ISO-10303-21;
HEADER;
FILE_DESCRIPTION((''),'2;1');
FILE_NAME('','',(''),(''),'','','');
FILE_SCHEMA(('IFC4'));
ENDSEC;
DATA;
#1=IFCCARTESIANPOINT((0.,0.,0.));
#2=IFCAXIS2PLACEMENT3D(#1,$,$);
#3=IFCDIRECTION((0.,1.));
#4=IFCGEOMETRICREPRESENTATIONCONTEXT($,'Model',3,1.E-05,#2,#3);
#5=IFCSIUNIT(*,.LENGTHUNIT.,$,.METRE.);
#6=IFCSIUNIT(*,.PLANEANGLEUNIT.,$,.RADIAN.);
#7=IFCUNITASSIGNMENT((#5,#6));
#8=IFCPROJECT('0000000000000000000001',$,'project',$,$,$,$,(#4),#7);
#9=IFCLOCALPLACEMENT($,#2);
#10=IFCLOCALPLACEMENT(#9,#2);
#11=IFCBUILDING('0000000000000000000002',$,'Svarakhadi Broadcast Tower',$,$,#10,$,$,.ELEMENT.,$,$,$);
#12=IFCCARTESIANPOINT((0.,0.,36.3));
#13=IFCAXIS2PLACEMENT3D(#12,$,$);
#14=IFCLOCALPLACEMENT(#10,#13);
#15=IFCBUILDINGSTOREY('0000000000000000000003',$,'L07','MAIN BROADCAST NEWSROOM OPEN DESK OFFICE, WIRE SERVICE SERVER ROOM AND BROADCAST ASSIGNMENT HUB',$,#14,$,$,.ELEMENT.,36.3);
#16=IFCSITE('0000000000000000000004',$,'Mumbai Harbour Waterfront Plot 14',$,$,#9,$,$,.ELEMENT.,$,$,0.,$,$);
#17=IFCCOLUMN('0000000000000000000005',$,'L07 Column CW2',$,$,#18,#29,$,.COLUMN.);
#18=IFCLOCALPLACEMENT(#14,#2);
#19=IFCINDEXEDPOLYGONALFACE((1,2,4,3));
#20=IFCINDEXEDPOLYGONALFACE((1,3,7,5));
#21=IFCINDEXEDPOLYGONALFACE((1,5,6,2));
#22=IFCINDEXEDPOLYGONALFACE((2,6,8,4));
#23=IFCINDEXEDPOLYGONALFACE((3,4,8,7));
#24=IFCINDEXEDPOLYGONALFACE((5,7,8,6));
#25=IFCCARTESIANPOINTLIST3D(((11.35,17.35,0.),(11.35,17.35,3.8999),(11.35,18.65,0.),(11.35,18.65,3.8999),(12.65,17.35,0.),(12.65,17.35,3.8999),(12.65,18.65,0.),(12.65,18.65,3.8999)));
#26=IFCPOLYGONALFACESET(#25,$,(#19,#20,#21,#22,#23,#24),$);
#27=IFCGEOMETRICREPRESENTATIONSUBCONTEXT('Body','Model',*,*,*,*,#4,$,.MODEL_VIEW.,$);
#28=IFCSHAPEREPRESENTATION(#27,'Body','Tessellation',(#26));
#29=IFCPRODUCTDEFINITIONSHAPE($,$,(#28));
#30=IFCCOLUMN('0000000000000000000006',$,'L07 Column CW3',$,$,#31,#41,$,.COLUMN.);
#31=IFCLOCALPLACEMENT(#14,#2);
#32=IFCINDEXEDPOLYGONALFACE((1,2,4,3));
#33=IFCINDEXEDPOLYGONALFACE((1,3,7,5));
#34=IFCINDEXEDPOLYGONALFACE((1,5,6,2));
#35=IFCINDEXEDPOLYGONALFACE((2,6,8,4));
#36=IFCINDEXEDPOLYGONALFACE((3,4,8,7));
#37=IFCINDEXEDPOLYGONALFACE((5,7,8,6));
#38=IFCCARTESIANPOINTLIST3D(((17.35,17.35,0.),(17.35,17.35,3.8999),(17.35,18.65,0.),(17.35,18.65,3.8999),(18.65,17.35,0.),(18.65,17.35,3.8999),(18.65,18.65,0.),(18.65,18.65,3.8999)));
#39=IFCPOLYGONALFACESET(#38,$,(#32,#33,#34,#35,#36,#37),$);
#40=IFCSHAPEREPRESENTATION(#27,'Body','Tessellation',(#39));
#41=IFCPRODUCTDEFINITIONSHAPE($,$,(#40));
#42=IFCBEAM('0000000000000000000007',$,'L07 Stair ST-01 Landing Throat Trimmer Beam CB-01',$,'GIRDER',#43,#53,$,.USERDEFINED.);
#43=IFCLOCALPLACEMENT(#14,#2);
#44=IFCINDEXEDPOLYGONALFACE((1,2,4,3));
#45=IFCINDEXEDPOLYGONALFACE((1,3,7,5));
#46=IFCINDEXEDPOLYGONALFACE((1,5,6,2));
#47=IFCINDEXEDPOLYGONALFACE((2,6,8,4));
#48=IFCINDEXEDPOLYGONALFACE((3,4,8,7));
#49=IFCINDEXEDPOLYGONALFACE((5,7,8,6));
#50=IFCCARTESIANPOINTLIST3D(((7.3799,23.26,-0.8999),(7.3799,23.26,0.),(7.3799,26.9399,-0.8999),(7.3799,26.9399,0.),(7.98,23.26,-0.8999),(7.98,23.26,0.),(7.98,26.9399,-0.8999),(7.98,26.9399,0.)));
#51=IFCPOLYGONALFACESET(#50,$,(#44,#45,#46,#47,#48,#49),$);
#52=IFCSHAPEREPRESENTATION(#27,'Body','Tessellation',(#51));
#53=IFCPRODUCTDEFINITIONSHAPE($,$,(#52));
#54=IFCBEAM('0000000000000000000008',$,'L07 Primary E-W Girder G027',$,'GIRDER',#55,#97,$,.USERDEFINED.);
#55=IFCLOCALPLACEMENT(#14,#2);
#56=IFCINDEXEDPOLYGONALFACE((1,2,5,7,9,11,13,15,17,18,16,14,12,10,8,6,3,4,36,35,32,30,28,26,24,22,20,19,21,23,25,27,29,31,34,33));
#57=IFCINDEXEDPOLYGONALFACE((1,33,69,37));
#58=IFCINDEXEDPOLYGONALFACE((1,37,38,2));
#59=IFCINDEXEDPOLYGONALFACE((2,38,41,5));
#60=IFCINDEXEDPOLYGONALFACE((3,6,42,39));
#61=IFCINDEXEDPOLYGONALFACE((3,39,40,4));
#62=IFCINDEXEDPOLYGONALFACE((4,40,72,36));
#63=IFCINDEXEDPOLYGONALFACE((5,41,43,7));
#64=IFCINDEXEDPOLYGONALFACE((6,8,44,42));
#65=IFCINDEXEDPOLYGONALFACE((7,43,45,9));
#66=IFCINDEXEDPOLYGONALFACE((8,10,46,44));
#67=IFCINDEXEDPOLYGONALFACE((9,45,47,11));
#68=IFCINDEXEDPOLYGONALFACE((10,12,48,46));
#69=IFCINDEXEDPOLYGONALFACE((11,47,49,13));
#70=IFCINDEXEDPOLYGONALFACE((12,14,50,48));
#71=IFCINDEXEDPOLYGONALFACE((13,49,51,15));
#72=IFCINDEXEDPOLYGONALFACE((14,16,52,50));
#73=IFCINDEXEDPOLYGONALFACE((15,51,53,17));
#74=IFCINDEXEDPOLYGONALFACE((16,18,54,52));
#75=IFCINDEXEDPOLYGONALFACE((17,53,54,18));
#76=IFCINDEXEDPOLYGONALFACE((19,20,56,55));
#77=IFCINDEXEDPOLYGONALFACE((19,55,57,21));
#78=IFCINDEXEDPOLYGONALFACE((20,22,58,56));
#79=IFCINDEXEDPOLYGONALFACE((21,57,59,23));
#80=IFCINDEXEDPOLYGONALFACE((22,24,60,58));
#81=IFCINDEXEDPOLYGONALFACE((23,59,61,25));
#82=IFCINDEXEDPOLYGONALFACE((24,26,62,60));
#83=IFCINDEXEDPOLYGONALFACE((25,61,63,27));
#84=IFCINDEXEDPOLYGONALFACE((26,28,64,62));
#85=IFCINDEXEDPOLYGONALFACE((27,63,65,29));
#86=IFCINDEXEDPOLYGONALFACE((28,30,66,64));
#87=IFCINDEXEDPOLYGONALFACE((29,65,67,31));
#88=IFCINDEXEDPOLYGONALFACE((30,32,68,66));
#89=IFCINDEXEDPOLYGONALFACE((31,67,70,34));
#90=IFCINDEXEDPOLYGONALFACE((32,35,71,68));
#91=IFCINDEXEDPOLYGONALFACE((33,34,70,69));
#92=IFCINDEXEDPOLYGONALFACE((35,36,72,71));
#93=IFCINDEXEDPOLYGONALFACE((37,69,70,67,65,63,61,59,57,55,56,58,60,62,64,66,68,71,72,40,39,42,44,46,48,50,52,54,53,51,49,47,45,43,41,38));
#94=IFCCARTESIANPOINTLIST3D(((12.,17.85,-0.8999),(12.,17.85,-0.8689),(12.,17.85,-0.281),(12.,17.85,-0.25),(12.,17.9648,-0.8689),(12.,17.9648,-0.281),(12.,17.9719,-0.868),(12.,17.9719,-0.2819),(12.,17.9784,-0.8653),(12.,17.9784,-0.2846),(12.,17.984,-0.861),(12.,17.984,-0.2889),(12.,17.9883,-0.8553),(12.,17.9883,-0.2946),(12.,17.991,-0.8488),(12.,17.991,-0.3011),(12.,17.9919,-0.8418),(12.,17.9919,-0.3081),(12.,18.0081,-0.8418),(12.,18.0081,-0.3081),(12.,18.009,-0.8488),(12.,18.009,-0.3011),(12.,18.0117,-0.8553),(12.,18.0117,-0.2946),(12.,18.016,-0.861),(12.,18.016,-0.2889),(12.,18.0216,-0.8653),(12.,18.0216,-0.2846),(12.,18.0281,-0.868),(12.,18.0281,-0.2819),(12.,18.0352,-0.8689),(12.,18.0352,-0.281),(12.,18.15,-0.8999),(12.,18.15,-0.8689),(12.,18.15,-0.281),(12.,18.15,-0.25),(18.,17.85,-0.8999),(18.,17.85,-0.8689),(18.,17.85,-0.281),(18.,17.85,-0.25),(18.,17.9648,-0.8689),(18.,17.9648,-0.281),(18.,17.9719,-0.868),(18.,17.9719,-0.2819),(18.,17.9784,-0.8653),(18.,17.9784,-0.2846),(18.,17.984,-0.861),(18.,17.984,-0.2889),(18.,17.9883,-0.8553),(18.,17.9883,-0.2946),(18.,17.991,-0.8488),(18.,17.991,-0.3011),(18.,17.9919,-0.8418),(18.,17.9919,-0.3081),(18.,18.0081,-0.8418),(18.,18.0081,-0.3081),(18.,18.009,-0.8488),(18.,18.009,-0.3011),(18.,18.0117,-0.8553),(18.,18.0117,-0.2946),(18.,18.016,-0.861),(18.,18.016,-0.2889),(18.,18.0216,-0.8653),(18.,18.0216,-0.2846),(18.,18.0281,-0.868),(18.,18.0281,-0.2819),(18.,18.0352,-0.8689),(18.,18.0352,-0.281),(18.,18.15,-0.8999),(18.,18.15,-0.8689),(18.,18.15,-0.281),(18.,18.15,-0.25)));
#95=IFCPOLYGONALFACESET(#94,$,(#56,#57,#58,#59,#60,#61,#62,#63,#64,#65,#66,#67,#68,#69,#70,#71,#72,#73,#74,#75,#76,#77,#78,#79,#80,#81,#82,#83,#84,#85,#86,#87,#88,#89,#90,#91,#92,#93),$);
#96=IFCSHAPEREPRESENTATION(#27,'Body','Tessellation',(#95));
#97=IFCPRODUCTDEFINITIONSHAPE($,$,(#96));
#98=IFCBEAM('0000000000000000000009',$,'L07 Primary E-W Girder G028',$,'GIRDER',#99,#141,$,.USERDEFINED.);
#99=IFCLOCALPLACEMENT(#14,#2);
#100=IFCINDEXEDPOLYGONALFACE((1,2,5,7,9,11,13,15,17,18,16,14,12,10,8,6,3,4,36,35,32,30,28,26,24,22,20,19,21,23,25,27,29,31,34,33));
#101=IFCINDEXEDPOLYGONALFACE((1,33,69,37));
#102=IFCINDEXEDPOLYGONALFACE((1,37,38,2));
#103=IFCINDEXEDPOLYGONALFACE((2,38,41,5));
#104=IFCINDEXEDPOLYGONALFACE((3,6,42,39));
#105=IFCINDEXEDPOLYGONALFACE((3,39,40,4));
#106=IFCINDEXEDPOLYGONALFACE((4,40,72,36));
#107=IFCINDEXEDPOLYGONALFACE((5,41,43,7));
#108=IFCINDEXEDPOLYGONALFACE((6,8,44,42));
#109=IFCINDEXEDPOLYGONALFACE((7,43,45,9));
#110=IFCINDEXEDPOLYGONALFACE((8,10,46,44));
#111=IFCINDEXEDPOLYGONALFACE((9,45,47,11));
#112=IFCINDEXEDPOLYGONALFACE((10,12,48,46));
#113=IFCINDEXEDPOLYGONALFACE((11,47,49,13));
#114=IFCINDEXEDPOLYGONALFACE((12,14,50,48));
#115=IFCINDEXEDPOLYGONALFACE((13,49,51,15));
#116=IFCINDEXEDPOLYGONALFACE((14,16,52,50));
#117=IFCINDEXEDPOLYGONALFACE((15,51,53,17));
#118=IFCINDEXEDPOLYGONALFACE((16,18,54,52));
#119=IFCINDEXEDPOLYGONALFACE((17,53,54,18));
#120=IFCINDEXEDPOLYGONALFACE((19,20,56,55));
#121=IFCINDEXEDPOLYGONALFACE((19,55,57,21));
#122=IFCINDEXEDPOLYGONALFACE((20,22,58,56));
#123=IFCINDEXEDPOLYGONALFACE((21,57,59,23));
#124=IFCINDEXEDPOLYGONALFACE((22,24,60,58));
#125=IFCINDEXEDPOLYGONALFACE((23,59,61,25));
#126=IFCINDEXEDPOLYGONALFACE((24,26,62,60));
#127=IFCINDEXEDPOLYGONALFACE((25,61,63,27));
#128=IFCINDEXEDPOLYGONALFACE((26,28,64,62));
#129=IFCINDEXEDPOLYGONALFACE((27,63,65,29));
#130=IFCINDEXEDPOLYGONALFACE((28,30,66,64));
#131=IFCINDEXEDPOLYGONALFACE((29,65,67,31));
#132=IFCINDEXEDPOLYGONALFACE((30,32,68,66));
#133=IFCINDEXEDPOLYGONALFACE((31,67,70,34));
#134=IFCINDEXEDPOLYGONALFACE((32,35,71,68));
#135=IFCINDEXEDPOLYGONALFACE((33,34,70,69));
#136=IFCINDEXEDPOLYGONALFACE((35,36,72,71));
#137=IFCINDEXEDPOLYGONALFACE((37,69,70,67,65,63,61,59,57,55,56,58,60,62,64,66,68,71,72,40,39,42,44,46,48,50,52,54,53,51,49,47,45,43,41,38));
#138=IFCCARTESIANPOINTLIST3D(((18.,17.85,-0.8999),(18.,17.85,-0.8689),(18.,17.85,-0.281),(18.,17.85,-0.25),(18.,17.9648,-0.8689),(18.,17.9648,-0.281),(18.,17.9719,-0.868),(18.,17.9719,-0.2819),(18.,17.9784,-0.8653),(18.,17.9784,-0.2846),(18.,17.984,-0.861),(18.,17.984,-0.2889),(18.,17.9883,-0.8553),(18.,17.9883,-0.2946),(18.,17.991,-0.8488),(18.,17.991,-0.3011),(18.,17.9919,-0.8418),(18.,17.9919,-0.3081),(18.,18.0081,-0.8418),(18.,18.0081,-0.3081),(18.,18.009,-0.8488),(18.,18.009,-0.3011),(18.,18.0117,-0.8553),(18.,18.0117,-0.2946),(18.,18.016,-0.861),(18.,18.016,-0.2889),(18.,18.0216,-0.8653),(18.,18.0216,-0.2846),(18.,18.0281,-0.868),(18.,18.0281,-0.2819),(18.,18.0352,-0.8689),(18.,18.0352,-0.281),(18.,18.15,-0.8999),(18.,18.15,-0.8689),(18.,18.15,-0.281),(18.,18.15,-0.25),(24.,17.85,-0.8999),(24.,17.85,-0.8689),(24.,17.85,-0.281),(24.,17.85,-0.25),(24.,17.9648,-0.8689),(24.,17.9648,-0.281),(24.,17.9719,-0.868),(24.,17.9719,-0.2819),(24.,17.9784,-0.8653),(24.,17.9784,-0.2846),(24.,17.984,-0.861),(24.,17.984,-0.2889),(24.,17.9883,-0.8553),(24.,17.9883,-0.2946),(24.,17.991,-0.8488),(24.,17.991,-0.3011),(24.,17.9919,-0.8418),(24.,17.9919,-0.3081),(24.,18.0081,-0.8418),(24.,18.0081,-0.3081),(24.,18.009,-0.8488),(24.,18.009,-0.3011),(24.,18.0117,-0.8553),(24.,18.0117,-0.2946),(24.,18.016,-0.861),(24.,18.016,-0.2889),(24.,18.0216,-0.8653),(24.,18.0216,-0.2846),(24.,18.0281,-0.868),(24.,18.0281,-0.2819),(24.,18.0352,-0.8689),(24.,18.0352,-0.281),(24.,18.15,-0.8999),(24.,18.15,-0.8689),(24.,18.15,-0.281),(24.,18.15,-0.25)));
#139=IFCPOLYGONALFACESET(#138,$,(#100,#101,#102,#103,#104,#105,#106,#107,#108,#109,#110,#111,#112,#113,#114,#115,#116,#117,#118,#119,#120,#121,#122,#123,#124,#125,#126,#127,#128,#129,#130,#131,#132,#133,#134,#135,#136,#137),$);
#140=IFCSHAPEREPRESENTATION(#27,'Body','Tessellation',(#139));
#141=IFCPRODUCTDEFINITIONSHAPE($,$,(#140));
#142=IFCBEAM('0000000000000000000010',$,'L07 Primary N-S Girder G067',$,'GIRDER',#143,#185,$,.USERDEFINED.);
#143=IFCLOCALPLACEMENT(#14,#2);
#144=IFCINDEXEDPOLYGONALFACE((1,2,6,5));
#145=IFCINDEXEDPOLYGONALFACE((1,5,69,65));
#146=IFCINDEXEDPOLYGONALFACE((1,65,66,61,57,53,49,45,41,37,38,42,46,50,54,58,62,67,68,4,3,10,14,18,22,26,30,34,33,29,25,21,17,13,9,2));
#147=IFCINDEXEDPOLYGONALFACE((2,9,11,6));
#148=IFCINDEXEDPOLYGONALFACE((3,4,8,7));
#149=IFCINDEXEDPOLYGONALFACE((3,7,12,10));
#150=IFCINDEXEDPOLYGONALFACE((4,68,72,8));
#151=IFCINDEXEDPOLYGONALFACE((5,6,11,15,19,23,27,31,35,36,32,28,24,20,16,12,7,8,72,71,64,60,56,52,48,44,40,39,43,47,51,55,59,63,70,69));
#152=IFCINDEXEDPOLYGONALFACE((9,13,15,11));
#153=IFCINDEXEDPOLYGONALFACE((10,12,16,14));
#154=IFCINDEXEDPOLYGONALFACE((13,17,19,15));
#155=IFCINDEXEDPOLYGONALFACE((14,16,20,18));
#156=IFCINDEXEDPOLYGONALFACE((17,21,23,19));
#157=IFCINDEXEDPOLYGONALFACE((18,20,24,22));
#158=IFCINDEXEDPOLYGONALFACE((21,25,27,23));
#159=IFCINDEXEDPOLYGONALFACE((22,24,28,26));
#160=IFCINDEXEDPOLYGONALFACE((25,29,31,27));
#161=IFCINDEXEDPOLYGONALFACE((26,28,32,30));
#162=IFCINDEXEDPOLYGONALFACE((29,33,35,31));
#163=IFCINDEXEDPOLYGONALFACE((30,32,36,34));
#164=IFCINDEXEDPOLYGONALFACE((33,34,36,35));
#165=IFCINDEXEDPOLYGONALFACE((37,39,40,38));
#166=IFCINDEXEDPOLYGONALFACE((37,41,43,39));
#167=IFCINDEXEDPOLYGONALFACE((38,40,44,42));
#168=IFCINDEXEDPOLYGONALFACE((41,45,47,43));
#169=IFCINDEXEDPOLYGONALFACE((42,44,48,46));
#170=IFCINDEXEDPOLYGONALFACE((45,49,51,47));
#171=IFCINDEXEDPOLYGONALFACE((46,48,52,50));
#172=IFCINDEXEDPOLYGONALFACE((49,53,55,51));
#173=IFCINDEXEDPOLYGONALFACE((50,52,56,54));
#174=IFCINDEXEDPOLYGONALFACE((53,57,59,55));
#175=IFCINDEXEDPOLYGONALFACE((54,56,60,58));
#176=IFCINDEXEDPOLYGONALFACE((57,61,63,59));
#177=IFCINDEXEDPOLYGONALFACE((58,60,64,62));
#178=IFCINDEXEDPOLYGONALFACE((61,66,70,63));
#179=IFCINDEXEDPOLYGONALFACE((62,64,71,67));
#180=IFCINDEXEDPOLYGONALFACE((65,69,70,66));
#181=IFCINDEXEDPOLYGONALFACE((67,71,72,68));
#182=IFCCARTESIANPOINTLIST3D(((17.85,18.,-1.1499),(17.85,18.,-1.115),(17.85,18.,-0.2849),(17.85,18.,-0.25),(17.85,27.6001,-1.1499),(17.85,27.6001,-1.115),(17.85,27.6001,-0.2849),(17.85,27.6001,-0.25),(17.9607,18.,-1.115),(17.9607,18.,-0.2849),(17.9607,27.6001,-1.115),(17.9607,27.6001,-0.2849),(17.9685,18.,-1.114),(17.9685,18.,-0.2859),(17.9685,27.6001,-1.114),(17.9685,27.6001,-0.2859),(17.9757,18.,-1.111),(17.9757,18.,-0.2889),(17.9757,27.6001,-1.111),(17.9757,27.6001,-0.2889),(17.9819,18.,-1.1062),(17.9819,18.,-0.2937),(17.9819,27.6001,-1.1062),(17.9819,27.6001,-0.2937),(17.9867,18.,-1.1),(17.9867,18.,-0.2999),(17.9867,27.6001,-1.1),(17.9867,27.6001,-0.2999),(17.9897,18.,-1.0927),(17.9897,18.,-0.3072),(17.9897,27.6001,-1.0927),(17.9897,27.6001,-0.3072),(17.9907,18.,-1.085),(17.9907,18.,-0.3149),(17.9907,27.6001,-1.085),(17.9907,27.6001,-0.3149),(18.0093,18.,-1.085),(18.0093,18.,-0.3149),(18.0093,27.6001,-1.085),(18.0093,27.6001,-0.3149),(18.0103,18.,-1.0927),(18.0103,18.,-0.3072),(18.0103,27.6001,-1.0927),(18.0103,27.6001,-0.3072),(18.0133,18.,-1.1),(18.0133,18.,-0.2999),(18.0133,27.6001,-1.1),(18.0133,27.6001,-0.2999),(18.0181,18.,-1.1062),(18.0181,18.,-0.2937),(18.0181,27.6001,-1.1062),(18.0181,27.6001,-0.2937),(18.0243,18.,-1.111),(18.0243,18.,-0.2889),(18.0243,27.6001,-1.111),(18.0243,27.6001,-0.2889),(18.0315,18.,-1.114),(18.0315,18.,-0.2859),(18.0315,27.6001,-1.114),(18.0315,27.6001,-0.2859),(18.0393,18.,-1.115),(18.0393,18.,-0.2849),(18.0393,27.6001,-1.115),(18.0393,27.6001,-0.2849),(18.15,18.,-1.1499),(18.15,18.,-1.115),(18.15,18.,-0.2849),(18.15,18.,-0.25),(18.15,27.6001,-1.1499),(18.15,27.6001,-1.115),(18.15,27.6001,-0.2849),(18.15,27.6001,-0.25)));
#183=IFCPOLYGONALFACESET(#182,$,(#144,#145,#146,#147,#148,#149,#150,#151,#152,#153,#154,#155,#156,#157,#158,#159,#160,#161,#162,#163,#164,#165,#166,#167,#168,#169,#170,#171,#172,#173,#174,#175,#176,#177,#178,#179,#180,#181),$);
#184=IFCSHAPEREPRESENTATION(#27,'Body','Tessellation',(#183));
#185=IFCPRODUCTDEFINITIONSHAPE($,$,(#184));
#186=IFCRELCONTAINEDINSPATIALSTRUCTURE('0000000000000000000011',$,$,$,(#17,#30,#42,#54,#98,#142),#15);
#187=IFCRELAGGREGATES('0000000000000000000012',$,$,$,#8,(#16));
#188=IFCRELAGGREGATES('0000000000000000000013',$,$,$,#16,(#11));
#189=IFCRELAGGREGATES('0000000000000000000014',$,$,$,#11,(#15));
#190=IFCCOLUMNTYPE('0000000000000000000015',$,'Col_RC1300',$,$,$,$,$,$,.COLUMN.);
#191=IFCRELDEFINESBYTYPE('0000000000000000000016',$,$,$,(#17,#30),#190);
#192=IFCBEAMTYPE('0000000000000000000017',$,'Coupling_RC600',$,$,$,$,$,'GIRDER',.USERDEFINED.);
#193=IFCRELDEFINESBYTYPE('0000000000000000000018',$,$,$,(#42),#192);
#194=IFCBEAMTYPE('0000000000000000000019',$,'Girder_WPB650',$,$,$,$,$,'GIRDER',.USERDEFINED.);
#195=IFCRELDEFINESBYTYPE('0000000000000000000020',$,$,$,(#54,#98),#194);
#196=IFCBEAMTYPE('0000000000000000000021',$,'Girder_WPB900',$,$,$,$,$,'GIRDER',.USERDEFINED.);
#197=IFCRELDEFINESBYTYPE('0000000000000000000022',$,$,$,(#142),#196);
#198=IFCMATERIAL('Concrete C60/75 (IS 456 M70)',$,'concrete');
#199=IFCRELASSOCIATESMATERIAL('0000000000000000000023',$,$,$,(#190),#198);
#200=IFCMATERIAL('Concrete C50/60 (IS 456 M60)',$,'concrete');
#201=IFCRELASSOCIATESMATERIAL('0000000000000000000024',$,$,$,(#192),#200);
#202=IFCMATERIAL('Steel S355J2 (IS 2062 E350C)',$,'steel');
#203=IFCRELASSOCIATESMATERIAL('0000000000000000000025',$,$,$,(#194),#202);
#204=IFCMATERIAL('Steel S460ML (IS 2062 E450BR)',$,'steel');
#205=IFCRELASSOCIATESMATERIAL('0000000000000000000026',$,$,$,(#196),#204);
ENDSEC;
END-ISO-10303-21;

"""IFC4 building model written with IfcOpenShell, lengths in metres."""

from ifc_helpers import new_model, si_unit, direction, frame, origin, origin_2d, place, context, subcontext, project, spatial, rectangle, i_section, extrude, material, material_profile, profile_set, type_object, element, save


model = new_model("IFC4")

# Units and contexts
model_context = context("Model", 3, precision=1e-05, world=origin(), true_north=direction((0.0, 1.0)))
body_context = subcontext(model_context, "Body", "Model", "MODEL_VIEW")
ifc_project = project(units=[si_unit("LENGTHUNIT", "METRE"), si_unit("PLANEANGLEUNIT", "RADIAN")], contexts=[model_context])

# Site, building, storey
site_placement = place(None, origin())
site = spatial("IfcSite", under=ifc_project, at=site_placement, Name="Mumbai Harbour Waterfront Plot 14", CompositionType="ELEMENT", RefElevation=0.0)
building_placement = place(site_placement, origin())
building = spatial("IfcBuilding", under=site, at=building_placement, Name="Svarakhadi Broadcast Tower", CompositionType="ELEMENT")
storey_placement = place(building_placement, frame((0.0, 0.0, 36.3)))
storey = spatial("IfcBuildingStorey", under=building, at=storey_placement, Name="L07", Description="MAIN BROADCAST NEWSROOM OPEN DESK OFFICE, WIRE SERVICE SERVER ROOM AND BROADCAST ASSIGNMENT HUB", CompositionType="ELEMENT", Elevation=36.3)

# Columns
ifc_material_1 = material(Name="Concrete C60/75 (IS 456 M70)", Category="concrete")
ifc_material_profile_1 = material_profile(ifc_material_1, rectangle(XDim=1.3, YDim=1.3, at=origin_2d()), Name="RC 1300x1300")
ifc_profile_set_1 = profile_set([ifc_material_profile_1], Name="Concrete C60/75 (IS 456 M70)")
column_type = type_object("IfcColumnType", Name="Col_RC1300", PredefinedType="COLUMN", material=ifc_profile_set_1)
for number, where, z_axis, x_axis, name in (
    (1, (12.0, 18.0, 0.0), (0.0, 0.0, 1.0), (1.0, 0.0, 0.0), "L07 Column CW2"),
    (2, (18.0, 18.0, 0.0), (0.0, 0.0, 1.0), (1.0, 0.0, 0.0), "L07 Column CW3"),
):
    element("IfcColumn", number, at=place(storey_placement, frame(where, z_axis=z_axis, x_axis=x_axis)), inside=storey, type_object=column_type, Name=name, PredefinedType="COLUMN", context=body_context, shape_type="SweptSolid", body=[
        extrude(rectangle(XDim=1.3, YDim=1.3, at=origin_2d()), origin(), (0.0, 0.0, 1.0), 3.8999),
    ])

# Beams
ifc_material_2 = material(Name="Concrete C50/60 (IS 456 M60)", Category="concrete")
ifc_material_profile_2 = material_profile(ifc_material_2, rectangle(XDim=0.6001, YDim=0.8999, at=origin_2d()), Name="RC 600x900")
ifc_profile_set_2 = profile_set([ifc_material_profile_2], Name="Concrete C50/60 (IS 456 M60)")
beam_type_1 = type_object("IfcBeamType", Name="Coupling_RC600", ElementType="GIRDER", PredefinedType="USERDEFINED", material=ifc_profile_set_2)
beam_1_placement = place(storey_placement, frame((7.6799, 23.26, -0.45), z_axis=(0.0, 1.0, 0.0), x_axis=(-1.0, 0.0, 0.0)))
element("IfcBeam", 3, at=beam_1_placement, inside=storey, type_object=beam_type_1, Name="L07 Stair ST-01 Landing Throat Trimmer Beam CB-01", ObjectType="GIRDER", PredefinedType="USERDEFINED", context=body_context, shape_type="SweptSolid", body=[
    extrude(rectangle(XDim=0.6001, YDim=0.8999, at=origin_2d()), origin(), (0.0, 0.0, 1.0), 3.6799),
])
ifc_material_3 = material(Name="Steel S355J2 (IS 2062 E350C)", Category="steel")
ifc_material_profile_3 = material_profile(ifc_material_3, i_section(OverallWidth=0.3, OverallDepth=0.6499, WebThickness=0.0161, FlangeThickness=0.031, FilletRadius=0.0271, at=origin_2d()), Name="WPB 650x300x225")
ifc_profile_set_3 = profile_set([ifc_material_profile_3], Name="Steel S355J2 (IS 2062 E350C)")
beam_type_2 = type_object("IfcBeamType", Name="Girder_WPB650", ElementType="GIRDER", PredefinedType="USERDEFINED", material=ifc_profile_set_3)
for number, where, z_axis, x_axis, name in (
    (4, (12.0, 18.0, -0.575), (1.0, 0.0, 0.0), (0.0, 1.0, 0.0), "L07 Primary E-W Girder G027"),
    (5, (18.0, 18.0, -0.575), (1.0, 0.0, 0.0), (0.0, 1.0, 0.0), "L07 Primary E-W Girder G028"),
):
    element("IfcBeam", number, at=place(storey_placement, frame(where, z_axis=z_axis, x_axis=x_axis)), inside=storey, type_object=beam_type_2, Name=name, ObjectType="GIRDER", PredefinedType="USERDEFINED", context=body_context, shape_type="SweptSolid", body=[
        extrude(i_section(OverallWidth=0.3, OverallDepth=0.6499, WebThickness=0.0161, FlangeThickness=0.031, FilletRadius=0.0271, at=origin_2d()), origin(), (0.0, 0.0, 1.0), 6.0),
    ])
ifc_material_4 = material(Name="Steel S460ML (IS 2062 E450BR)", Category="steel")
ifc_material_profile_4 = material_profile(ifc_material_4, i_section(OverallWidth=0.3, OverallDepth=0.8999, WebThickness=0.0186, FlangeThickness=0.0349, FilletRadius=0.03, at=origin_2d()), Name="WPB 900x300x291")
ifc_profile_set_4 = profile_set([ifc_material_profile_4], Name="Steel S460ML (IS 2062 E450BR)")
beam_type_3 = type_object("IfcBeamType", Name="Girder_WPB900", ElementType="GIRDER", PredefinedType="USERDEFINED", material=ifc_profile_set_4)
beam_2_placement = place(storey_placement, frame((18.0, 18.0, -0.7), z_axis=(0.0, 1.0, 0.0), x_axis=(-1.0, 0.0, 0.0)))
element("IfcBeam", 6, at=beam_2_placement, inside=storey, type_object=beam_type_3, Name="L07 Primary N-S Girder G067", ObjectType="GIRDER", PredefinedType="USERDEFINED", context=body_context, shape_type="SweptSolid", body=[
    extrude(i_section(OverallWidth=0.3, OverallDepth=0.8999, WebThickness=0.0186, FlangeThickness=0.0349, FilletRadius=0.03, at=origin_2d()), origin(), (0.0, 0.0, 1.0), 9.6001),
])

save(model, "model.ifc")
